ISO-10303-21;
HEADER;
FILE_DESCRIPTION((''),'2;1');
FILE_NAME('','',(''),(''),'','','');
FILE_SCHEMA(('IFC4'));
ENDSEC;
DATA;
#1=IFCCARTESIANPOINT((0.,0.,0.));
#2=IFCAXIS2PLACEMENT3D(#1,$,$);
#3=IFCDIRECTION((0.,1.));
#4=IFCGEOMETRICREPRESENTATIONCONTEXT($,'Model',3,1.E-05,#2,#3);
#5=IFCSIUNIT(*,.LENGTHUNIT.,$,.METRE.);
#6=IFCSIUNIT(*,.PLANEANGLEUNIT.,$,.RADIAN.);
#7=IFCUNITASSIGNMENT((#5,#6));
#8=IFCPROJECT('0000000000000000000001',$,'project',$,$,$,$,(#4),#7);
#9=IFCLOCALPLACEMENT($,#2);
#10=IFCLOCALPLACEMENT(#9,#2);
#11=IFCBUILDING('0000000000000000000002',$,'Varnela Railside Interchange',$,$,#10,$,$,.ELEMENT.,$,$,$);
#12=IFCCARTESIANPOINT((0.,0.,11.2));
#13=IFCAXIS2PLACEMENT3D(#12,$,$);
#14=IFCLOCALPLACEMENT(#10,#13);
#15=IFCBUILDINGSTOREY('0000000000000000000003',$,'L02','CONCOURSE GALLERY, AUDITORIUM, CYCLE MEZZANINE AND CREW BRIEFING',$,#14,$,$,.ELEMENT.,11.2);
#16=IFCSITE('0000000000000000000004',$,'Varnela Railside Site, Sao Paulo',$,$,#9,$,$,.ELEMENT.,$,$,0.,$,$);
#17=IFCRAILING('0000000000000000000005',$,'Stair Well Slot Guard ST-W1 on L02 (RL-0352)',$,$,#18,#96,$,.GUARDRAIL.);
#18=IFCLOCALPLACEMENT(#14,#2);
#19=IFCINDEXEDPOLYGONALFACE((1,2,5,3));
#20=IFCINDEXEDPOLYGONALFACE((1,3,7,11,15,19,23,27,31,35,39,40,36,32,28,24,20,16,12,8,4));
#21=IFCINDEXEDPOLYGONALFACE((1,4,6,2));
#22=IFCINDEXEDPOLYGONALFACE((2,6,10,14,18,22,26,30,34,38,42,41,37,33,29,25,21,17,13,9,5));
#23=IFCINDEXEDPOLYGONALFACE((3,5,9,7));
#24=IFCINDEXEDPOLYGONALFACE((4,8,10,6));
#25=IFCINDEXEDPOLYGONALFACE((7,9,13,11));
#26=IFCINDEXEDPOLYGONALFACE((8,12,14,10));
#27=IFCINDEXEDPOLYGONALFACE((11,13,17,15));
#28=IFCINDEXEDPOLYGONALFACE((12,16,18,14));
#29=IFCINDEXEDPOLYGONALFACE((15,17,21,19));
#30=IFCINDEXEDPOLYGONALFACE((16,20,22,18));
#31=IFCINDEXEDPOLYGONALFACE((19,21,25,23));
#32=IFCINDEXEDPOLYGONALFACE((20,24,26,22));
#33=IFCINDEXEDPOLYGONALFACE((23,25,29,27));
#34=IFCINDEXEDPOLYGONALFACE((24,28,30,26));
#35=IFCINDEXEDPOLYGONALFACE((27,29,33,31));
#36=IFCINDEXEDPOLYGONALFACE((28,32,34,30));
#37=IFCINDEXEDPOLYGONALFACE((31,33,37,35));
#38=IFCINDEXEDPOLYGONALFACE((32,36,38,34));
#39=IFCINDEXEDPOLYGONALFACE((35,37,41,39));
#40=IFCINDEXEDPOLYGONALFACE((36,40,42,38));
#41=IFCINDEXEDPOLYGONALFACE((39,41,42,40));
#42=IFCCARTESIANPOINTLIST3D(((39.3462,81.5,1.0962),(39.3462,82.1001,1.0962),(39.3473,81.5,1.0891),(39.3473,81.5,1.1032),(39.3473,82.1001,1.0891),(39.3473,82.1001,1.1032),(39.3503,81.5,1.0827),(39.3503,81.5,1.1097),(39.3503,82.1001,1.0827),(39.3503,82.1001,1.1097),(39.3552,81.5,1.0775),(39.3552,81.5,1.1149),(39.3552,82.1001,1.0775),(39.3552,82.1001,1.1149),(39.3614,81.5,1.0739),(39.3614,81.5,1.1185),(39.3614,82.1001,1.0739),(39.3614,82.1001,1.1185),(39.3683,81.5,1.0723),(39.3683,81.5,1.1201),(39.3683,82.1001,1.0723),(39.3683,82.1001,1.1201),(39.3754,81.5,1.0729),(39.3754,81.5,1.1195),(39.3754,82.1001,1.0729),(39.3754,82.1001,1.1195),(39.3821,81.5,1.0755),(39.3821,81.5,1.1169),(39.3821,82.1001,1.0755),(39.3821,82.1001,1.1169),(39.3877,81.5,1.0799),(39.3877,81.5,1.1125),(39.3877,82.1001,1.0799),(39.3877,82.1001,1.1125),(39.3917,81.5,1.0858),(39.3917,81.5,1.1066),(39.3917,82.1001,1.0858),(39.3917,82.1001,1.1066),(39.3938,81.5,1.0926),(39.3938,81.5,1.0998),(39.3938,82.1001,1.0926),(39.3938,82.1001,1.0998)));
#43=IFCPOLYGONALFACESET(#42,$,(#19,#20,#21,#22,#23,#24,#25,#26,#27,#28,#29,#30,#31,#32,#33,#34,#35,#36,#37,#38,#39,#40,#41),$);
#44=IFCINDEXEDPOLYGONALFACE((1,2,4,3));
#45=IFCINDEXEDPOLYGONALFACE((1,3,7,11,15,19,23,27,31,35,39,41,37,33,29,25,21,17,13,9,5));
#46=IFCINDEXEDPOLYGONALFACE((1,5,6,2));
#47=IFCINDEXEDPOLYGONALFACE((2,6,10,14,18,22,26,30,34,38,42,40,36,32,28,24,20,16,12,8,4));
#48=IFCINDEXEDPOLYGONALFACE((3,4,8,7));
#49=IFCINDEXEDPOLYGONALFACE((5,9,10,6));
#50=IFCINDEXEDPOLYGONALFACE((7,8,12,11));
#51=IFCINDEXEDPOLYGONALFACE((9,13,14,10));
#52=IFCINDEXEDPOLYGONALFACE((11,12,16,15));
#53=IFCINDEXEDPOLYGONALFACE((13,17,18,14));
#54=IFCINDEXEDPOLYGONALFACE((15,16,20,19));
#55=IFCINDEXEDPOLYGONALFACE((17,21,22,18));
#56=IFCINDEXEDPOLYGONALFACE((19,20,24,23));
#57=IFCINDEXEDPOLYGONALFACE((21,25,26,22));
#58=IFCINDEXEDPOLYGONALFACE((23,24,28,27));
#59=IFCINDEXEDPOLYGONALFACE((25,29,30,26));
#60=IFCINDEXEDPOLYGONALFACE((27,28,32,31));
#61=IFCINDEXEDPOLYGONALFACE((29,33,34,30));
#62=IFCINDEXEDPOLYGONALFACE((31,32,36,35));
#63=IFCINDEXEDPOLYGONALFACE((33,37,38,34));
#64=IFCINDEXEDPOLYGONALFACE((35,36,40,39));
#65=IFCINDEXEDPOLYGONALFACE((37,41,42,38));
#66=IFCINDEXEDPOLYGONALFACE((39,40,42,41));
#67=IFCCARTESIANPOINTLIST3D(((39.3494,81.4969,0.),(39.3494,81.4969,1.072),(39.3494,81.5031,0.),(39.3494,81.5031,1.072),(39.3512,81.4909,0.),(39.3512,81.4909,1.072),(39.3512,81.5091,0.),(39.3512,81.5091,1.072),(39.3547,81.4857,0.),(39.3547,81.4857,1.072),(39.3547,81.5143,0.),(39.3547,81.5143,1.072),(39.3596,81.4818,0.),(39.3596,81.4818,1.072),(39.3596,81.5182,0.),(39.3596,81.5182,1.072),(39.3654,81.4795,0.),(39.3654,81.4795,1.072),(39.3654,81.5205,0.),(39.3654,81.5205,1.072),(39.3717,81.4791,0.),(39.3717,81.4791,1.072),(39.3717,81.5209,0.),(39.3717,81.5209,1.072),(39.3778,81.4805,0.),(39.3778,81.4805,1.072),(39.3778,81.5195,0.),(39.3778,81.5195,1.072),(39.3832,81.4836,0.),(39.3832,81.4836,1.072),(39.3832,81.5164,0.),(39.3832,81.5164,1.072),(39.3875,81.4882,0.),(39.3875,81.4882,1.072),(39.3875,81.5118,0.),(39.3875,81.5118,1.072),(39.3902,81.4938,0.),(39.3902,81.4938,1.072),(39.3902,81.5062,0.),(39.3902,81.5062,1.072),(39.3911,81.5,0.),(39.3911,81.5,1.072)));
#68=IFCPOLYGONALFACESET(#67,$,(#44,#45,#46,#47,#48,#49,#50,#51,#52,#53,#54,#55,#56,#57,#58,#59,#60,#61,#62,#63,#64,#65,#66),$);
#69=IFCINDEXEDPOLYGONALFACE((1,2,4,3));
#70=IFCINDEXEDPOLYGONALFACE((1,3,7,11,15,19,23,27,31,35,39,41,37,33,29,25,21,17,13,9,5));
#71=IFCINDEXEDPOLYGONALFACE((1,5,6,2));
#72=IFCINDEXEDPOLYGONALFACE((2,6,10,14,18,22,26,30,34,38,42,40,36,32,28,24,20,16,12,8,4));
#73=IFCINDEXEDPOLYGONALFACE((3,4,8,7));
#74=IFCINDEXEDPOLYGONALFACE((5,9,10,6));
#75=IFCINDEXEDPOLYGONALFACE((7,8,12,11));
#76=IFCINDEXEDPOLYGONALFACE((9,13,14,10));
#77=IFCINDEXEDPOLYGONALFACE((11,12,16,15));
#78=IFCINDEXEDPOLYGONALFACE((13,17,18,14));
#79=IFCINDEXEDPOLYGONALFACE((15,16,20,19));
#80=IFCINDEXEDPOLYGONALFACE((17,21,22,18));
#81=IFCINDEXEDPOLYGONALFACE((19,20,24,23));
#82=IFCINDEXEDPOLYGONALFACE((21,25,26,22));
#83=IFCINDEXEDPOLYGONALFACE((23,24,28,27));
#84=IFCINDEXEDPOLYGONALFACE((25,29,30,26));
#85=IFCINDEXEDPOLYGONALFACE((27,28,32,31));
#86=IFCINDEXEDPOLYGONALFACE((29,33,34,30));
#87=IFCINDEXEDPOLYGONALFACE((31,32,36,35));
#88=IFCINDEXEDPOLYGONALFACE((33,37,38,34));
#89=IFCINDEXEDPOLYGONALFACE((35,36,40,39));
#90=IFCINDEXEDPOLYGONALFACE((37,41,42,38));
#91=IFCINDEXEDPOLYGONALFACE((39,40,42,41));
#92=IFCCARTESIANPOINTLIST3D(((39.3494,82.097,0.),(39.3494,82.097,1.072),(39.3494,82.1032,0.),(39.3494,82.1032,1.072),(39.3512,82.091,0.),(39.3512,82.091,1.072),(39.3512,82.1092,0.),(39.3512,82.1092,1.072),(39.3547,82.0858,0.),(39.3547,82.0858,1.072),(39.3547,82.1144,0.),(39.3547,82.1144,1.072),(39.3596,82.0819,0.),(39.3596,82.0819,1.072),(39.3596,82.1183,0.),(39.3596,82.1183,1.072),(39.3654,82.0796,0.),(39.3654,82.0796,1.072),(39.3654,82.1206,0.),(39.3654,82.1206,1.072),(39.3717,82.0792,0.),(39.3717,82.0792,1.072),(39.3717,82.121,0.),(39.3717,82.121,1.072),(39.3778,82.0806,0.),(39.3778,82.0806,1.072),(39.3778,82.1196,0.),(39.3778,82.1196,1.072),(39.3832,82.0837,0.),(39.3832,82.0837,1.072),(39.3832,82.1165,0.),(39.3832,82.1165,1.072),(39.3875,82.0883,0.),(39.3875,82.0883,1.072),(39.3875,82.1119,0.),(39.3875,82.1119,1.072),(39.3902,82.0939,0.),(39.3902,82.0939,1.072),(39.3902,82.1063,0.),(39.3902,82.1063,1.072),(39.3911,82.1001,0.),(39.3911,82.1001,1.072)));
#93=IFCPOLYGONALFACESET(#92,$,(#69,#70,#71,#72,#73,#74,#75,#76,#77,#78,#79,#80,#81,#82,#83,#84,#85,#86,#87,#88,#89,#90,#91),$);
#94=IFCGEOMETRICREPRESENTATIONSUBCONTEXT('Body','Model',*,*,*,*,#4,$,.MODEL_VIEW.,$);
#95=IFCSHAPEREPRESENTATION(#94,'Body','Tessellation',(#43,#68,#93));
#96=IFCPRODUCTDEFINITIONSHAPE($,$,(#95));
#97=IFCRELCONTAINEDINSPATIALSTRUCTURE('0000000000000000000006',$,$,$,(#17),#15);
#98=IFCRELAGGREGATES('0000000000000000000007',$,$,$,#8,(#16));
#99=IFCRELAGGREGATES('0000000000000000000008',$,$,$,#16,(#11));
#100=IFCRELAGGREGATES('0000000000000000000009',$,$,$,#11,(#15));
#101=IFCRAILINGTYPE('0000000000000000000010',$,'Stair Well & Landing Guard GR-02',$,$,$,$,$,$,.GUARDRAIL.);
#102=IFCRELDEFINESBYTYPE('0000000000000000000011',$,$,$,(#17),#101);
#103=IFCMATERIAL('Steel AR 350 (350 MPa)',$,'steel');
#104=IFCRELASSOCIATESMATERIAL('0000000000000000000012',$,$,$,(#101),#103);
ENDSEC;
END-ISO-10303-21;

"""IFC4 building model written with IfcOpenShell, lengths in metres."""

from ifc_helpers import new_model, si_unit, direction, frame, origin, origin_2d, place, context, subcontext, project, spatial, circle, extrude, material, type_object, element, save


model = new_model("IFC4")

# Units and contexts
model_context = context("Model", 3, precision=1e-05, world=origin(), true_north=direction((0.0, 1.0)))
body_context = subcontext(model_context, "Body", "Model", "MODEL_VIEW")
ifc_project = project(units=[si_unit("LENGTHUNIT", "METRE"), si_unit("PLANEANGLEUNIT", "RADIAN")], contexts=[model_context])

# Site, building, storey
site_placement = place(None, origin())
site = spatial("IfcSite", under=ifc_project, at=site_placement, Name="Varnela Railside Site, Sao Paulo", CompositionType="ELEMENT", RefElevation=0.0)
building_placement = place(site_placement, origin())
building = spatial("IfcBuilding", under=site, at=building_placement, Name="Varnela Railside Interchange", CompositionType="ELEMENT")
storey_placement = place(building_placement, frame((0.0, 0.0, 11.2)))
storey = spatial("IfcBuildingStorey", under=building, at=storey_placement, Name="L02", Description="CONCOURSE GALLERY, AUDITORIUM, CYCLE MEZZANINE AND CREW BRIEFING", CompositionType="ELEMENT", Elevation=11.2)

# Shared definitions
ifc_material_1 = material(Name="Steel AR 350 (350 MPa)", Category="steel")

# Railing
railing_type_1 = type_object("IfcRailingType", Name="Stair Well & Landing Guard GR-02", PredefinedType="GUARDRAIL", material=ifc_material_1)
railing_1_placement = place(storey_placement, frame((39.3701, 81.5, 0.0)))
element("IfcRailing", 1, at=railing_1_placement, inside=storey, type_object=railing_type_1, Name="Stair Well Slot Guard ST-W1 on L02 (RL-0352)", PredefinedType="GUARDRAIL", context=body_context, shape_type="SweptSolid", body=[
    extrude(circle(Radius=0.0239, at=origin_2d()), frame((0.0, 0.0, 1.0962), z_axis=(0.0, 1.0, 0.0), x_axis=(-1.0, 0.0, 0.0)), (0.0, 0.0, 1.0), 0.6001),
    extrude(circle(Radius=0.021, at=origin_2d()), origin(), (0.0, 0.0, 1.0), 1.072),
    extrude(circle(Radius=0.021, at=origin_2d()), frame((0.0, 0.6001, 0.0)), (0.0, 0.0, 1.0), 1.072),
])

save(model, "model.ifc")
